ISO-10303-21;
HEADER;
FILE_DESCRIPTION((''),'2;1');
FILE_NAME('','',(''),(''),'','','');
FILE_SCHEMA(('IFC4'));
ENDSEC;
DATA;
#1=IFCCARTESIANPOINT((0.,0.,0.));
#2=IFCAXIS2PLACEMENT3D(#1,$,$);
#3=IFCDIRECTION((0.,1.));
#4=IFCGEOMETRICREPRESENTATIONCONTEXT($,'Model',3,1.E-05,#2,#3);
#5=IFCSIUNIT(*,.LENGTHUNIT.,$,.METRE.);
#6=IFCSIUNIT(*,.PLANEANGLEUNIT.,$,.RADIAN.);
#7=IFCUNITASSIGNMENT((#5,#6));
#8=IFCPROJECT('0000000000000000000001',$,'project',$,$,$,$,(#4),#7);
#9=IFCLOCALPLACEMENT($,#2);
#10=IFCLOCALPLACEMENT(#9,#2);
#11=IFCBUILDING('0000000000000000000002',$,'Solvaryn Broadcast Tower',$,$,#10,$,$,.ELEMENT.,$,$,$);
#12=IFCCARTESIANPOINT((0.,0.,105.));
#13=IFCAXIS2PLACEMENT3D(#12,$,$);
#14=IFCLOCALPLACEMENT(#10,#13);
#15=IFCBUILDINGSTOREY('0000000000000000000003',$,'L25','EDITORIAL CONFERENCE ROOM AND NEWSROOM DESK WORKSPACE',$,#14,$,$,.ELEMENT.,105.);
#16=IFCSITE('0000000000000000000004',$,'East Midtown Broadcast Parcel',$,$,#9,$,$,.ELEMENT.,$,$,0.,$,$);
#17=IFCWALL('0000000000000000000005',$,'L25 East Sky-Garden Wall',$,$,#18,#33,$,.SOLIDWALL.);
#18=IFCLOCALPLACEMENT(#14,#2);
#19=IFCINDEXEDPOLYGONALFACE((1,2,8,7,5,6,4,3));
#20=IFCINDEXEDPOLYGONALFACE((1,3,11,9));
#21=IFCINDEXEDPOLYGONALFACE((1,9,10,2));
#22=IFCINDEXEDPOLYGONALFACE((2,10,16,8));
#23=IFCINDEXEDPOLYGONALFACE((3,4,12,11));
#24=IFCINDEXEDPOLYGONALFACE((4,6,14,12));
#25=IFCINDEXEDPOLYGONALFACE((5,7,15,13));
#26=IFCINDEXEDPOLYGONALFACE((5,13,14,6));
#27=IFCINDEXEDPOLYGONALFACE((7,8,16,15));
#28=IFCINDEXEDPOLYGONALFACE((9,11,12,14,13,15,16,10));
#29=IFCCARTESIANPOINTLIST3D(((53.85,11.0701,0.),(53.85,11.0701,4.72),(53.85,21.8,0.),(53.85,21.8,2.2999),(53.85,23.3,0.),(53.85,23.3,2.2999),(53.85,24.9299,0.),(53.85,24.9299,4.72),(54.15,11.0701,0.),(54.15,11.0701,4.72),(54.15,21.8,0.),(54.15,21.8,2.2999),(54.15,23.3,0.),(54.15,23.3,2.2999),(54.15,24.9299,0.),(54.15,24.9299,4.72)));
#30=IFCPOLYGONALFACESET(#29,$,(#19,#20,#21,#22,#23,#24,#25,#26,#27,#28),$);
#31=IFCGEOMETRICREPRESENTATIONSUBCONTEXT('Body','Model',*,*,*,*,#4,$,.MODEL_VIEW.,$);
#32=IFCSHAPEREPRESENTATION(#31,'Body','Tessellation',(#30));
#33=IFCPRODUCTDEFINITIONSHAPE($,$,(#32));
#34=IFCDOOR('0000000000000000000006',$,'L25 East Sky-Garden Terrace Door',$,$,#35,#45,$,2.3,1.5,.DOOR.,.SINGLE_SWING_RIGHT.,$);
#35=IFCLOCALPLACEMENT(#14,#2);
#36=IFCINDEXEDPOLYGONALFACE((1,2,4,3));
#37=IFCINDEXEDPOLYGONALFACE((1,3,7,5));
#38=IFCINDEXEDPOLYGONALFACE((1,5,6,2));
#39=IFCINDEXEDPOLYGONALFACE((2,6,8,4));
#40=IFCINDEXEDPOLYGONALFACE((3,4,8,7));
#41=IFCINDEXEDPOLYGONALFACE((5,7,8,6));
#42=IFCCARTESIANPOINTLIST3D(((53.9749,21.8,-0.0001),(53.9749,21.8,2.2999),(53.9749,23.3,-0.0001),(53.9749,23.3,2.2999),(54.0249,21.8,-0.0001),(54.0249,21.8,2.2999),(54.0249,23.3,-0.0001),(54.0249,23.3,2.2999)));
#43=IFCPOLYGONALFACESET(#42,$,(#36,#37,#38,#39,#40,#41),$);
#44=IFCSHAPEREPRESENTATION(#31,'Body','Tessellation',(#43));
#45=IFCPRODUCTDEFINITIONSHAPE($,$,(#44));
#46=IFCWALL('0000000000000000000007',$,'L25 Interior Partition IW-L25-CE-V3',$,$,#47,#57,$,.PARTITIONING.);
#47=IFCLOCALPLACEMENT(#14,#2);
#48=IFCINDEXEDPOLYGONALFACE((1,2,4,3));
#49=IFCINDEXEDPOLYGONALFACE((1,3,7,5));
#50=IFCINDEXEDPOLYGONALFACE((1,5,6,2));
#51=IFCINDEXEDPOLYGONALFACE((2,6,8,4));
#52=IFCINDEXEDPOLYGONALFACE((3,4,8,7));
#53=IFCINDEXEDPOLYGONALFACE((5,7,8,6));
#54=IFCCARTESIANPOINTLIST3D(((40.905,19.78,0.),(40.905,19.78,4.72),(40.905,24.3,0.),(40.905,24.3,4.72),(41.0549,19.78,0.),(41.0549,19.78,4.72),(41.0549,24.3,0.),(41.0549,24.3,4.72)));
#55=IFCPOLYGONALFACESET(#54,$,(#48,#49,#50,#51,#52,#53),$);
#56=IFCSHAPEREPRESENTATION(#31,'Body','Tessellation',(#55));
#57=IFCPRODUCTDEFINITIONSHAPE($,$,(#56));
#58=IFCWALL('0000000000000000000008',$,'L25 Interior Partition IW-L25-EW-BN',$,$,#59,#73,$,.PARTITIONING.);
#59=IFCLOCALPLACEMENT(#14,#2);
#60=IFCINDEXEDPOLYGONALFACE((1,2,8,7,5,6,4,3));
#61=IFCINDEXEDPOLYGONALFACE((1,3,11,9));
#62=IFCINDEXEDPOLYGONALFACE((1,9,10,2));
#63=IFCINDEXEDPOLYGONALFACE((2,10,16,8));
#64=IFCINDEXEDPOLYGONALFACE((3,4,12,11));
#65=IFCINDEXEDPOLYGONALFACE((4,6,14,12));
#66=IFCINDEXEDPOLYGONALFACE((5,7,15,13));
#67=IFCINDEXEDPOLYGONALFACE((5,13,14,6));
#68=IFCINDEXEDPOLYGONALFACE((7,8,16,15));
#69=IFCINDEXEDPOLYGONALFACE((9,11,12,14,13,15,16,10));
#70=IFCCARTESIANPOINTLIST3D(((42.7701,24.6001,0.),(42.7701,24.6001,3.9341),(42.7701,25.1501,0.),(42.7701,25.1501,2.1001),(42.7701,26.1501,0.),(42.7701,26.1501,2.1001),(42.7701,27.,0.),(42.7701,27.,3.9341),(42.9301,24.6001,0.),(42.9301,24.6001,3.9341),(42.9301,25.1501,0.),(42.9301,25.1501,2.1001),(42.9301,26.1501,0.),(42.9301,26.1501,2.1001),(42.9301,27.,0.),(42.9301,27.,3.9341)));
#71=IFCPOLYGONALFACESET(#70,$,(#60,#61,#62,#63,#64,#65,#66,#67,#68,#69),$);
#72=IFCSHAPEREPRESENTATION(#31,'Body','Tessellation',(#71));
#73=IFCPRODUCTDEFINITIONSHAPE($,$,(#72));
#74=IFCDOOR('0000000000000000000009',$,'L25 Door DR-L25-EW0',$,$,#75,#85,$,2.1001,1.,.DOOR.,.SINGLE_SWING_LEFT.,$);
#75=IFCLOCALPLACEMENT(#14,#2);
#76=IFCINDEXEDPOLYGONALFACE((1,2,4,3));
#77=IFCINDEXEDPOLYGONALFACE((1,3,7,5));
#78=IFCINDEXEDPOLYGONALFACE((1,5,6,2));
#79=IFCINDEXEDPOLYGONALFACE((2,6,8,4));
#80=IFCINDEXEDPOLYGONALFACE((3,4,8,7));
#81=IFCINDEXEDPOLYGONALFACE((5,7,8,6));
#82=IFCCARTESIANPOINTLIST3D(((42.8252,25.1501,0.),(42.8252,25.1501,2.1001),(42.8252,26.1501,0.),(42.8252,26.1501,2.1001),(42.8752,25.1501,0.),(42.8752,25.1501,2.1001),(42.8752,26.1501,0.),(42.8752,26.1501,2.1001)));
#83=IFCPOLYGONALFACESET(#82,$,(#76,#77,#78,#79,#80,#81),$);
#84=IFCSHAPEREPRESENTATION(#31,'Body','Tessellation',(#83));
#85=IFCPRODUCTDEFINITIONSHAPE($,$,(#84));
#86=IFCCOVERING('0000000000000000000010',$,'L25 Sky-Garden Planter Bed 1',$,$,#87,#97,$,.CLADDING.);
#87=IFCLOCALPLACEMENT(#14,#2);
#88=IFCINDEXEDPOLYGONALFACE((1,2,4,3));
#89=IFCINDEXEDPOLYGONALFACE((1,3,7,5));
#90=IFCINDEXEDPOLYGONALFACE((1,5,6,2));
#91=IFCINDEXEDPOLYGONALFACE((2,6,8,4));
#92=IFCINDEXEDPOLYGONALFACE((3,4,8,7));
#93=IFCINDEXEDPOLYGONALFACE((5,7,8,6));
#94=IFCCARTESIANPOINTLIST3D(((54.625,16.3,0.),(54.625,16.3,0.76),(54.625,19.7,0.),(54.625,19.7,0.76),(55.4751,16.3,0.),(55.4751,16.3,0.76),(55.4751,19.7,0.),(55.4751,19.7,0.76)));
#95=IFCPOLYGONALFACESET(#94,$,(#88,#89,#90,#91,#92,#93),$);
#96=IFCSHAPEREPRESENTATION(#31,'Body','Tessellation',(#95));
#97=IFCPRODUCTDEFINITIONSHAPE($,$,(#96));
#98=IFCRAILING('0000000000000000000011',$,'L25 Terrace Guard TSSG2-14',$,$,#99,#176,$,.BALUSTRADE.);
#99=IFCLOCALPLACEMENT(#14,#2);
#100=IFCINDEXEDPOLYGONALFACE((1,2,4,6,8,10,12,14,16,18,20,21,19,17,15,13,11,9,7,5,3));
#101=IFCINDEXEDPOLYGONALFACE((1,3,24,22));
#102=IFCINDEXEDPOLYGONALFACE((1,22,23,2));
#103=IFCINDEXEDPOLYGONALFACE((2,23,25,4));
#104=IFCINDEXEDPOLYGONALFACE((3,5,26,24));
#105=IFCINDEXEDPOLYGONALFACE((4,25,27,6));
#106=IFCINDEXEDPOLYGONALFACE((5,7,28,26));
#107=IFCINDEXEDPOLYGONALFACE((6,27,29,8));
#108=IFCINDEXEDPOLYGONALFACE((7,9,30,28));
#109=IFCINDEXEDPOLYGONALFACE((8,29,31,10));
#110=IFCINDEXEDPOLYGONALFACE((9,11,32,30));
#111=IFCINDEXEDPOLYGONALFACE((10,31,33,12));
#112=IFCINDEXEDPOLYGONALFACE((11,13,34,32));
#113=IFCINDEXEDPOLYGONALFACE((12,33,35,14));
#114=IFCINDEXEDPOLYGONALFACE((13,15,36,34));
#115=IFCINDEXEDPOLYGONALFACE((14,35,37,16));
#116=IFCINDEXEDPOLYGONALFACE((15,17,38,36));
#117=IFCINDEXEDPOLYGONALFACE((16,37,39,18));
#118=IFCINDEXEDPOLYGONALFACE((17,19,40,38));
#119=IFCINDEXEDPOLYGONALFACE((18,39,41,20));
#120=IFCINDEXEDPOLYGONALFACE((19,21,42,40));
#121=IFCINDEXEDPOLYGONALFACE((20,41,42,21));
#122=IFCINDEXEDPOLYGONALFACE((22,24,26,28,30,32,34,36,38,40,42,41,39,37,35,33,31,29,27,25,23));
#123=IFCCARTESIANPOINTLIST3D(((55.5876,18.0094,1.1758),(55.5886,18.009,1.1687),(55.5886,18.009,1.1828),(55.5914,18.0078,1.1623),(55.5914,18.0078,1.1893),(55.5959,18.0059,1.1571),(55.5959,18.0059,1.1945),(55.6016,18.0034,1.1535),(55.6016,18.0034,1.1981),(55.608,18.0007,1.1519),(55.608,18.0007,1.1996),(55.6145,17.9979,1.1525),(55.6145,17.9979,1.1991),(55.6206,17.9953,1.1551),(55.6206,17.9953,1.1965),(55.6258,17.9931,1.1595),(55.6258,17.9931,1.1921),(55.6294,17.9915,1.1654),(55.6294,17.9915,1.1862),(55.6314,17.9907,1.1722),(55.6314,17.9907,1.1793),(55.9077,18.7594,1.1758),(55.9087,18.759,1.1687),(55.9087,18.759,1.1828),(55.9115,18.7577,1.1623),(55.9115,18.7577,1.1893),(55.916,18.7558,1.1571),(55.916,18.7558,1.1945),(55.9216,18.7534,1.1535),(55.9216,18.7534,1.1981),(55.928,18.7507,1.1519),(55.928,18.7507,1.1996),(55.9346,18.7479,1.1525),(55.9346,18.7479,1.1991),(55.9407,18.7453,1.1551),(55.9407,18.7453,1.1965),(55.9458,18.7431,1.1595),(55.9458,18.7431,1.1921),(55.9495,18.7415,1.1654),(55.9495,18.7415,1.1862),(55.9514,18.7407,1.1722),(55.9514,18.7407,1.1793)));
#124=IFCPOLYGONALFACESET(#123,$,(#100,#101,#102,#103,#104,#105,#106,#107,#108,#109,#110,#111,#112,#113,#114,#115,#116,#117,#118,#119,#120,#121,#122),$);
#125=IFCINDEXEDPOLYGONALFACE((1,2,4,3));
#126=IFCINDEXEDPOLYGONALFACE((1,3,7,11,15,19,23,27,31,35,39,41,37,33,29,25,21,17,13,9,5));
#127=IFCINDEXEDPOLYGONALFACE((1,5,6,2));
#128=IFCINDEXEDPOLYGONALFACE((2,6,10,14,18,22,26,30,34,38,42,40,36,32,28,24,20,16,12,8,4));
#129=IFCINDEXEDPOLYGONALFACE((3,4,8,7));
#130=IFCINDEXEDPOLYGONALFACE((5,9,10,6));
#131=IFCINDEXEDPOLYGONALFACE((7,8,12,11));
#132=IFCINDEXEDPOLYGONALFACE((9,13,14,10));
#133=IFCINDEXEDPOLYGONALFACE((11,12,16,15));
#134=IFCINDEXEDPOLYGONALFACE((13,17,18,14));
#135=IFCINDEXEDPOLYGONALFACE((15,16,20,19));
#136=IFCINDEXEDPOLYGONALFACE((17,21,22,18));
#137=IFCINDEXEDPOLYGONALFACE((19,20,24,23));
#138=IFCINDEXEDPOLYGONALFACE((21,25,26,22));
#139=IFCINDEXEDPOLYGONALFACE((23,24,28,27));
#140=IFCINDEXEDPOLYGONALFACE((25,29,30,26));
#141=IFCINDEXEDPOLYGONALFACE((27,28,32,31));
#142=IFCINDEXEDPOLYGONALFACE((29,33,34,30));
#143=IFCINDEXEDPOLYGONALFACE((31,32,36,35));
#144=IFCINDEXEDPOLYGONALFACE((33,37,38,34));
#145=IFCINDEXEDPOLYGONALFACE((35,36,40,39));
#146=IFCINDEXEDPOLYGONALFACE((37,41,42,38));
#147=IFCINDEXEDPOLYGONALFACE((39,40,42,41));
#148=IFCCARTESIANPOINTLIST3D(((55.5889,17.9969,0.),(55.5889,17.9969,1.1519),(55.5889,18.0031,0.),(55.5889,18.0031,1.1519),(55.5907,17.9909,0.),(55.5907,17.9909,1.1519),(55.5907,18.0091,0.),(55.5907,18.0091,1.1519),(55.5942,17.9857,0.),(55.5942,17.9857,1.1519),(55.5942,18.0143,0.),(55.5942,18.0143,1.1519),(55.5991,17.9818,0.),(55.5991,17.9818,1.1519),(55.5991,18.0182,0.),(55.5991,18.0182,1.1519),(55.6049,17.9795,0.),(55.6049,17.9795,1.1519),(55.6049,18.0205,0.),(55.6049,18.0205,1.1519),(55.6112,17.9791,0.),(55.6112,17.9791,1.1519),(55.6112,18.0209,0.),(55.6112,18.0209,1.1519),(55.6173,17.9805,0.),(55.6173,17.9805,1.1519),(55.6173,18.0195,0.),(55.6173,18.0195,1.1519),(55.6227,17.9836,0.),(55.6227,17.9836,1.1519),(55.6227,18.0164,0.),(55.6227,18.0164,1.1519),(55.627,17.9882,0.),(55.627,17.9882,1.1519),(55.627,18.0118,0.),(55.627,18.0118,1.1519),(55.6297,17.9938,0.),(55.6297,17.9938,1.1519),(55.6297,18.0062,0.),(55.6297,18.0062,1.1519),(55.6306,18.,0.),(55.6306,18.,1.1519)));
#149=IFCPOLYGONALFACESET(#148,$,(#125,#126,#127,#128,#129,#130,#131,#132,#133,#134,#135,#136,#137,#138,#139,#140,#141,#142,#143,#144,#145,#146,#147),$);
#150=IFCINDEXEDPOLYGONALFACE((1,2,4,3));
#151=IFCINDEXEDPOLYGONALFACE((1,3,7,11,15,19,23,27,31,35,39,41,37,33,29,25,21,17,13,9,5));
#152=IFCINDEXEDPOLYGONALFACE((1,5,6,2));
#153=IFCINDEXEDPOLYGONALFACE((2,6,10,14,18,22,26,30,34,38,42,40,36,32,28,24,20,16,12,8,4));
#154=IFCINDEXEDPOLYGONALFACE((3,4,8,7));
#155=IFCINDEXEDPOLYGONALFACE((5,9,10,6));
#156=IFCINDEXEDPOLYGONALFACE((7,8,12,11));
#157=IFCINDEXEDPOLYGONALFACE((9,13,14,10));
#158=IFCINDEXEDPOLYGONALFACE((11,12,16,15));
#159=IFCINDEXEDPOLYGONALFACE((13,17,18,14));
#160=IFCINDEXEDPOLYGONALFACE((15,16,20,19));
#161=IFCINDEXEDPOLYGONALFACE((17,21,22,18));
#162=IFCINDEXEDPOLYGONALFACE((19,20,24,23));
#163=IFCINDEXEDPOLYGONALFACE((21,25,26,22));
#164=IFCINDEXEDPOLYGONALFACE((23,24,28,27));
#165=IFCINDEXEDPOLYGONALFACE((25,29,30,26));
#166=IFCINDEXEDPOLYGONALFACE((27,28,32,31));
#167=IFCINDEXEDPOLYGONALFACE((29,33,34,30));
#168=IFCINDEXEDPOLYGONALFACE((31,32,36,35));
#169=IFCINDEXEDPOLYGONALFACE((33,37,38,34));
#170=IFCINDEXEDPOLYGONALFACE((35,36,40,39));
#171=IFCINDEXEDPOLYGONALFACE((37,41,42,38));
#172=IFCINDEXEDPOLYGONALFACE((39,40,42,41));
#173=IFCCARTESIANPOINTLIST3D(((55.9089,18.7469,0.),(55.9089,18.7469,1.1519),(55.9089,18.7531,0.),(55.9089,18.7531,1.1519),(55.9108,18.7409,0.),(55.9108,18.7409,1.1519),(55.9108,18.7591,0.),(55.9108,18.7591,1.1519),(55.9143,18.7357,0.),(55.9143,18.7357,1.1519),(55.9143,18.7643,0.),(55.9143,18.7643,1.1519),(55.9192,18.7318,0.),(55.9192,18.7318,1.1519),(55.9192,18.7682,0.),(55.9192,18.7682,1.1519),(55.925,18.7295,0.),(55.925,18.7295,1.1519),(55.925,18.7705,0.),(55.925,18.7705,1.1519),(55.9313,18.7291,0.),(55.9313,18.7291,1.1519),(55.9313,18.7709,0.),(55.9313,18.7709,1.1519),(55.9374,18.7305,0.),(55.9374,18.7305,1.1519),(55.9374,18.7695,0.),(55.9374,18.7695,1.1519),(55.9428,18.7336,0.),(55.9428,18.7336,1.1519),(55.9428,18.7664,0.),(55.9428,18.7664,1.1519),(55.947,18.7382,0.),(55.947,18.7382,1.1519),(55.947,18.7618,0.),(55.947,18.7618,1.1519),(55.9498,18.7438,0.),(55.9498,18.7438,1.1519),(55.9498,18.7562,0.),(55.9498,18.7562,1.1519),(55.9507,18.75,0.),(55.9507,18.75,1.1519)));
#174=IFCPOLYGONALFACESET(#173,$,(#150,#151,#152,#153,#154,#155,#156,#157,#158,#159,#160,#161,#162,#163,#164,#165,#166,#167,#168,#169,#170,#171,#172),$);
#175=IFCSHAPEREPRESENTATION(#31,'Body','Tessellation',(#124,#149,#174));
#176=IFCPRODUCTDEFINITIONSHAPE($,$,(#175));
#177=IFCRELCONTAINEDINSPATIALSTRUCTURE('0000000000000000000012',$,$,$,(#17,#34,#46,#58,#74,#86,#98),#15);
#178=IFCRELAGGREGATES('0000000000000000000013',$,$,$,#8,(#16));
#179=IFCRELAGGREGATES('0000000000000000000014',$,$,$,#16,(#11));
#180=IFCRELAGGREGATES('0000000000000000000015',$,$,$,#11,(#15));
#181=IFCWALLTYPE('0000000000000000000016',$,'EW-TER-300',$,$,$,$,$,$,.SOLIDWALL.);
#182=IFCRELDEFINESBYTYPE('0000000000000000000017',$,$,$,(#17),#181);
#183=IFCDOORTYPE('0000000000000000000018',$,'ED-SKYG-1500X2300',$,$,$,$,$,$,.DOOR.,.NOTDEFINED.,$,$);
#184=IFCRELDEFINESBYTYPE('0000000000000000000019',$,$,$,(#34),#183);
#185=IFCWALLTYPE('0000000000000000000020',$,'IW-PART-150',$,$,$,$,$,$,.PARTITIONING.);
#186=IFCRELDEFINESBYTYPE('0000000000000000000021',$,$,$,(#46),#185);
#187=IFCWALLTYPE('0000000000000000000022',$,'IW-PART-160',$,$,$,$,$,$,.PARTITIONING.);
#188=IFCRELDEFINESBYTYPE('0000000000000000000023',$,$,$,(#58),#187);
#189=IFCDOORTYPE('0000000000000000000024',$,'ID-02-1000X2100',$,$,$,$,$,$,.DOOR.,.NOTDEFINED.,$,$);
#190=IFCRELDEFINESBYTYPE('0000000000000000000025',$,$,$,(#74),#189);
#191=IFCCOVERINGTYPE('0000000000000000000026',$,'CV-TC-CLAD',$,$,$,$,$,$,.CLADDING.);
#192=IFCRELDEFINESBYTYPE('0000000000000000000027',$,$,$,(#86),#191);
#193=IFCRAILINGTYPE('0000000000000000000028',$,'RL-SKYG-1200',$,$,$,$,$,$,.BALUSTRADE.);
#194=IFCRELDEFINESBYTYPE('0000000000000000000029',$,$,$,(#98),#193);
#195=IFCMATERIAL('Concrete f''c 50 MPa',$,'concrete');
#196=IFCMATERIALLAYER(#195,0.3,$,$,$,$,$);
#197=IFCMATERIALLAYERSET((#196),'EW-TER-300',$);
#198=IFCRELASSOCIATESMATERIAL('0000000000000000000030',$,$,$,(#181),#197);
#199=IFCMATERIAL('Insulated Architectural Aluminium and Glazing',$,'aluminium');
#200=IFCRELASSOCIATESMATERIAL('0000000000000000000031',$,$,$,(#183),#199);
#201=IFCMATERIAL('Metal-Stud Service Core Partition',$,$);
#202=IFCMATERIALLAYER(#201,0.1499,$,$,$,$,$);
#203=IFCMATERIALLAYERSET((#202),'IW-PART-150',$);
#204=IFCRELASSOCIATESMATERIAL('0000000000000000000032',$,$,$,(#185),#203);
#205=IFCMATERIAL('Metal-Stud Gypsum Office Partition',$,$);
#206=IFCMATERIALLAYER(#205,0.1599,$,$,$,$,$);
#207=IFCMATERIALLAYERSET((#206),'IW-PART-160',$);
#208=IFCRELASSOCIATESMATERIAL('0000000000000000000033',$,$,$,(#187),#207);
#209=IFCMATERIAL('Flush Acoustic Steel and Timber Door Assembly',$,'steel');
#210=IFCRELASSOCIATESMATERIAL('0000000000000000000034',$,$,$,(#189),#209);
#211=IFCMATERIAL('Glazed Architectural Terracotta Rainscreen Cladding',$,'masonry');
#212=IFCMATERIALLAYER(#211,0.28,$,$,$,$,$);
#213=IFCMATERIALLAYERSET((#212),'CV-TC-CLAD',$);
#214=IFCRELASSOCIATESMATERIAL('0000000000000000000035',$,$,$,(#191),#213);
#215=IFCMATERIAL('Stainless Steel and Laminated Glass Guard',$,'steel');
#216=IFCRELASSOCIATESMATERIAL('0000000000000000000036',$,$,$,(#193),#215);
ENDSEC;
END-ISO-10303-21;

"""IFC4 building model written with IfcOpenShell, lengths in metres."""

from ifc_helpers import new_model, si_unit, direction, frame, frame_2d, origin, origin_2d, place, context, subcontext, project, spatial, rectangle, circle, extrude, material, layer, layer_set, type_object, element, fill, save


model = new_model("IFC4")

# Units and contexts
model_context = context("Model", 3, precision=1e-05, world=origin(), true_north=direction((0.0, 1.0)))
body_context = subcontext(model_context, "Body", "Model", "MODEL_VIEW")
ifc_project = project(units=[si_unit("LENGTHUNIT", "METRE"), si_unit("PLANEANGLEUNIT", "RADIAN")], contexts=[model_context])

# Site, building, storey
site_placement = place(None, origin())
site = spatial("IfcSite", under=ifc_project, at=site_placement, Name="East Midtown Broadcast Parcel", CompositionType="ELEMENT", RefElevation=0.0)
building_placement = place(site_placement, origin())
building = spatial("IfcBuilding", under=site, at=building_placement, Name="Solvaryn Broadcast Tower", CompositionType="ELEMENT")
storey_placement = place(building_placement, frame((0.0, 0.0, 105.0)))
storey = spatial("IfcBuildingStorey", under=building, at=storey_placement, Name="L25", Description="EDITORIAL CONFERENCE ROOM AND NEWSROOM DESK WORKSPACE", CompositionType="ELEMENT", Elevation=105.0)

# Wall, opening, door
ifc_material_1 = material(Name="Concrete f'c 50 MPa", Category="concrete")
ifc_layer_1 = layer(ifc_material_1, 0.3)
ifc_layer_set_1 = layer_set([ifc_layer_1], Name="EW-TER-300")
wall_type_1 = type_object("IfcWallType", Name="EW-TER-300", PredefinedType="SOLIDWALL", material=ifc_layer_set_1)
wall_1_placement = place(storey_placement, frame((54.0, 24.9299, 0.0), z_axis=(0.0, 0.0, 1.0), x_axis=(0.0, -1.0, 0.0)))
wall_1 = element("IfcWall", 1, at=wall_1_placement, inside=storey, type_object=wall_type_1, Name="L25 East Sky-Garden Wall", PredefinedType="SOLIDWALL", context=body_context, shape_type="SweptSolid", body=[
    extrude(rectangle(XDim=13.8599, YDim=0.3, at=frame_2d((6.9299, 0.0))), origin(), (0.0, 0.0, 1.0), 4.72),
])
opening_1_placement = place(wall_1_placement, frame((1.6299, 0.0, 0.0)))
opening_1 = element("IfcOpeningElement", 2, at=opening_1_placement, cuts=wall_1, PredefinedType="OPENING", context=body_context, shape_type="SweptSolid", body=[
    extrude(rectangle(XDim=1.5, YDim=2.3, at=frame_2d((0.75, 1.1499))), frame((0.0, 0.1599, 0.0), z_axis=(0.0, -1.0, 0.0), x_axis=(1.0, 0.0, 0.0)), (0.0, 0.0, 1.0), 0.3201),
])
ifc_material_2 = material(Name="Insulated Architectural Aluminium and Glazing", Category="aluminium")
door_type_1 = type_object("IfcDoorType", Name="ED-SKYG-1500X2300", OperationType="NOTDEFINED", PredefinedType="DOOR", material=ifc_material_2)
door_1_placement = place(opening_1_placement, origin())
door_1 = element("IfcDoor", 3, at=door_1_placement, inside=storey, type_object=door_type_1, Name="L25 East Sky-Garden Terrace Door", OperationType="SINGLE_SWING_RIGHT", OverallHeight=2.3, OverallWidth=1.5, PredefinedType="DOOR", context=body_context, shape_type="SweptSolid", body=[
    extrude(rectangle(XDim=1.5, YDim=2.3, at=frame_2d((0.75, 1.1499))), frame((0.0, 0.0249, 0.0), z_axis=(0.0, -1.0, 0.0), x_axis=(1.0, 0.0, 0.0)), (0.0, 0.0, 1.0), 0.05),
])
fill(opening_1, door_1)

# Wall
ifc_material_3 = material(Name="Metal-Stud Service Core Partition")
ifc_layer_2 = layer(ifc_material_3, 0.1499)
ifc_layer_set_2 = layer_set([ifc_layer_2], Name="IW-PART-150")
wall_type_2 = type_object("IfcWallType", Name="IW-PART-150", PredefinedType="PARTITIONING", material=ifc_layer_set_2)
wall_2_placement = place(storey_placement, frame((40.98, 19.78, 0.0), z_axis=(0.0, 0.0, 1.0), x_axis=(0.0, 1.0, 0.0)))
element("IfcWall", 4, at=wall_2_placement, inside=storey, type_object=wall_type_2, Name="L25 Interior Partition IW-L25-CE-V3", PredefinedType="PARTITIONING", context=body_context, shape_type="SweptSolid", body=[
    extrude(rectangle(XDim=4.52, YDim=0.1499, at=frame_2d((2.26, 0.0))), origin(), (0.0, 0.0, 1.0), 4.72),
])

# Wall, opening, door
ifc_material_4 = material(Name="Metal-Stud Gypsum Office Partition")
ifc_layer_3 = layer(ifc_material_4, 0.1599)
ifc_layer_set_3 = layer_set([ifc_layer_3], Name="IW-PART-160")
wall_type_3 = type_object("IfcWallType", Name="IW-PART-160", PredefinedType="PARTITIONING", material=ifc_layer_set_3)
wall_3_placement = place(storey_placement, frame((42.8501, 24.6001, 0.0), z_axis=(0.0, 0.0, 1.0), x_axis=(0.0, 1.0, 0.0)))
wall_3 = element("IfcWall", 5, at=wall_3_placement, inside=storey, type_object=wall_type_3, Name="L25 Interior Partition IW-L25-EW-BN", PredefinedType="PARTITIONING", context=body_context, shape_type="SweptSolid", body=[
    extrude(rectangle(XDim=2.3999, YDim=0.1599, at=frame_2d((1.2, 0.0))), origin(), (0.0, 0.0, 1.0), 3.9341),
])
opening_2_placement = place(wall_3_placement, frame((0.55, 0.0, 0.0)))
opening_2 = element("IfcOpeningElement", 6, at=opening_2_placement, cuts=wall_3, PredefinedType="OPENING", context=body_context, shape_type="SweptSolid", body=[
    extrude(rectangle(XDim=1.0, YDim=2.1001, at=frame_2d((0.5, 1.05))), frame((0.0, 0.0901, 0.0), z_axis=(0.0, -1.0, 0.0), x_axis=(1.0, 0.0, 0.0)), (0.0, 0.0, 1.0), 0.1799),
])
ifc_material_5 = material(Name="Flush Acoustic Steel and Timber Door Assembly", Category="steel")
door_type_2 = type_object("IfcDoorType", Name="ID-02-1000X2100", OperationType="NOTDEFINED", PredefinedType="DOOR", material=ifc_material_5)
door_2_placement = place(opening_2_placement, origin())
door_2 = element("IfcDoor", 7, at=door_2_placement, inside=storey, type_object=door_type_2, Name="L25 Door DR-L25-EW0", OperationType="SINGLE_SWING_LEFT", OverallHeight=2.1001, OverallWidth=1.0, PredefinedType="DOOR", context=body_context, shape_type="SweptSolid", body=[
    extrude(rectangle(XDim=1.0, YDim=2.1001, at=frame_2d((0.5, 1.05))), frame((0.0, 0.0249, 0.0), z_axis=(0.0, -1.0, 0.0), x_axis=(1.0, 0.0, 0.0)), (0.0, 0.0, 1.0), 0.05),
])
fill(opening_2, door_2)

# Covering
ifc_material_6 = material(Name="Glazed Architectural Terracotta Rainscreen Cladding", Category="masonry")
ifc_layer_4 = layer(ifc_material_6, 0.28)
ifc_layer_set_4 = layer_set([ifc_layer_4], Name="CV-TC-CLAD")
covering_type = type_object("IfcCoveringType", Name="CV-TC-CLAD", PredefinedType="CLADDING", material=ifc_layer_set_4)
covering_placement = place(storey_placement, frame((55.05, 18.0, 0.0), z_axis=(0.0, 0.0, 1.0), x_axis=(1.0, 0.0, 0.0)))
element("IfcCovering", 8, at=covering_placement, inside=storey, type_object=covering_type, Name="L25 Sky-Garden Planter Bed 1", PredefinedType="CLADDING", context=body_context, shape_type="SweptSolid", body=[
    extrude(rectangle(XDim=0.8501, YDim=3.3999, at=origin_2d()), origin(), (0.0, 0.0, 1.0), 0.76),
])

# Railing
ifc_material_7 = material(Name="Stainless Steel and Laminated Glass Guard", Category="steel")
railing_type = type_object("IfcRailingType", Name="RL-SKYG-1200", PredefinedType="BALUSTRADE", material=ifc_material_7)
railing_1_placement = place(storey_placement, frame((55.6096, 18.0, 0.0)))
element("IfcRailing", 9, at=railing_1_placement, inside=storey, type_object=railing_type, Name="L25 Terrace Guard TSSG2-14", PredefinedType="BALUSTRADE", context=body_context, shape_type="SweptSolid", body=[
    extrude(circle(Radius=0.0239, at=origin_2d()), frame((0.0, 0.0, 1.1758), z_axis=(0.39251, 0.919748, 0.0), x_axis=(-0.919748, 0.39251, 0.0)), (0.0, 0.0, 1.0), 0.8154),
    extrude(circle(Radius=0.021, at=origin_2d()), origin(), (0.0, 0.0, 1.0), 1.1519),
    extrude(circle(Radius=0.021, at=origin_2d()), frame((0.3201, 0.75, 0.0)), (0.0, 0.0, 1.0), 1.1519),
])

save(model, "model.ifc")
